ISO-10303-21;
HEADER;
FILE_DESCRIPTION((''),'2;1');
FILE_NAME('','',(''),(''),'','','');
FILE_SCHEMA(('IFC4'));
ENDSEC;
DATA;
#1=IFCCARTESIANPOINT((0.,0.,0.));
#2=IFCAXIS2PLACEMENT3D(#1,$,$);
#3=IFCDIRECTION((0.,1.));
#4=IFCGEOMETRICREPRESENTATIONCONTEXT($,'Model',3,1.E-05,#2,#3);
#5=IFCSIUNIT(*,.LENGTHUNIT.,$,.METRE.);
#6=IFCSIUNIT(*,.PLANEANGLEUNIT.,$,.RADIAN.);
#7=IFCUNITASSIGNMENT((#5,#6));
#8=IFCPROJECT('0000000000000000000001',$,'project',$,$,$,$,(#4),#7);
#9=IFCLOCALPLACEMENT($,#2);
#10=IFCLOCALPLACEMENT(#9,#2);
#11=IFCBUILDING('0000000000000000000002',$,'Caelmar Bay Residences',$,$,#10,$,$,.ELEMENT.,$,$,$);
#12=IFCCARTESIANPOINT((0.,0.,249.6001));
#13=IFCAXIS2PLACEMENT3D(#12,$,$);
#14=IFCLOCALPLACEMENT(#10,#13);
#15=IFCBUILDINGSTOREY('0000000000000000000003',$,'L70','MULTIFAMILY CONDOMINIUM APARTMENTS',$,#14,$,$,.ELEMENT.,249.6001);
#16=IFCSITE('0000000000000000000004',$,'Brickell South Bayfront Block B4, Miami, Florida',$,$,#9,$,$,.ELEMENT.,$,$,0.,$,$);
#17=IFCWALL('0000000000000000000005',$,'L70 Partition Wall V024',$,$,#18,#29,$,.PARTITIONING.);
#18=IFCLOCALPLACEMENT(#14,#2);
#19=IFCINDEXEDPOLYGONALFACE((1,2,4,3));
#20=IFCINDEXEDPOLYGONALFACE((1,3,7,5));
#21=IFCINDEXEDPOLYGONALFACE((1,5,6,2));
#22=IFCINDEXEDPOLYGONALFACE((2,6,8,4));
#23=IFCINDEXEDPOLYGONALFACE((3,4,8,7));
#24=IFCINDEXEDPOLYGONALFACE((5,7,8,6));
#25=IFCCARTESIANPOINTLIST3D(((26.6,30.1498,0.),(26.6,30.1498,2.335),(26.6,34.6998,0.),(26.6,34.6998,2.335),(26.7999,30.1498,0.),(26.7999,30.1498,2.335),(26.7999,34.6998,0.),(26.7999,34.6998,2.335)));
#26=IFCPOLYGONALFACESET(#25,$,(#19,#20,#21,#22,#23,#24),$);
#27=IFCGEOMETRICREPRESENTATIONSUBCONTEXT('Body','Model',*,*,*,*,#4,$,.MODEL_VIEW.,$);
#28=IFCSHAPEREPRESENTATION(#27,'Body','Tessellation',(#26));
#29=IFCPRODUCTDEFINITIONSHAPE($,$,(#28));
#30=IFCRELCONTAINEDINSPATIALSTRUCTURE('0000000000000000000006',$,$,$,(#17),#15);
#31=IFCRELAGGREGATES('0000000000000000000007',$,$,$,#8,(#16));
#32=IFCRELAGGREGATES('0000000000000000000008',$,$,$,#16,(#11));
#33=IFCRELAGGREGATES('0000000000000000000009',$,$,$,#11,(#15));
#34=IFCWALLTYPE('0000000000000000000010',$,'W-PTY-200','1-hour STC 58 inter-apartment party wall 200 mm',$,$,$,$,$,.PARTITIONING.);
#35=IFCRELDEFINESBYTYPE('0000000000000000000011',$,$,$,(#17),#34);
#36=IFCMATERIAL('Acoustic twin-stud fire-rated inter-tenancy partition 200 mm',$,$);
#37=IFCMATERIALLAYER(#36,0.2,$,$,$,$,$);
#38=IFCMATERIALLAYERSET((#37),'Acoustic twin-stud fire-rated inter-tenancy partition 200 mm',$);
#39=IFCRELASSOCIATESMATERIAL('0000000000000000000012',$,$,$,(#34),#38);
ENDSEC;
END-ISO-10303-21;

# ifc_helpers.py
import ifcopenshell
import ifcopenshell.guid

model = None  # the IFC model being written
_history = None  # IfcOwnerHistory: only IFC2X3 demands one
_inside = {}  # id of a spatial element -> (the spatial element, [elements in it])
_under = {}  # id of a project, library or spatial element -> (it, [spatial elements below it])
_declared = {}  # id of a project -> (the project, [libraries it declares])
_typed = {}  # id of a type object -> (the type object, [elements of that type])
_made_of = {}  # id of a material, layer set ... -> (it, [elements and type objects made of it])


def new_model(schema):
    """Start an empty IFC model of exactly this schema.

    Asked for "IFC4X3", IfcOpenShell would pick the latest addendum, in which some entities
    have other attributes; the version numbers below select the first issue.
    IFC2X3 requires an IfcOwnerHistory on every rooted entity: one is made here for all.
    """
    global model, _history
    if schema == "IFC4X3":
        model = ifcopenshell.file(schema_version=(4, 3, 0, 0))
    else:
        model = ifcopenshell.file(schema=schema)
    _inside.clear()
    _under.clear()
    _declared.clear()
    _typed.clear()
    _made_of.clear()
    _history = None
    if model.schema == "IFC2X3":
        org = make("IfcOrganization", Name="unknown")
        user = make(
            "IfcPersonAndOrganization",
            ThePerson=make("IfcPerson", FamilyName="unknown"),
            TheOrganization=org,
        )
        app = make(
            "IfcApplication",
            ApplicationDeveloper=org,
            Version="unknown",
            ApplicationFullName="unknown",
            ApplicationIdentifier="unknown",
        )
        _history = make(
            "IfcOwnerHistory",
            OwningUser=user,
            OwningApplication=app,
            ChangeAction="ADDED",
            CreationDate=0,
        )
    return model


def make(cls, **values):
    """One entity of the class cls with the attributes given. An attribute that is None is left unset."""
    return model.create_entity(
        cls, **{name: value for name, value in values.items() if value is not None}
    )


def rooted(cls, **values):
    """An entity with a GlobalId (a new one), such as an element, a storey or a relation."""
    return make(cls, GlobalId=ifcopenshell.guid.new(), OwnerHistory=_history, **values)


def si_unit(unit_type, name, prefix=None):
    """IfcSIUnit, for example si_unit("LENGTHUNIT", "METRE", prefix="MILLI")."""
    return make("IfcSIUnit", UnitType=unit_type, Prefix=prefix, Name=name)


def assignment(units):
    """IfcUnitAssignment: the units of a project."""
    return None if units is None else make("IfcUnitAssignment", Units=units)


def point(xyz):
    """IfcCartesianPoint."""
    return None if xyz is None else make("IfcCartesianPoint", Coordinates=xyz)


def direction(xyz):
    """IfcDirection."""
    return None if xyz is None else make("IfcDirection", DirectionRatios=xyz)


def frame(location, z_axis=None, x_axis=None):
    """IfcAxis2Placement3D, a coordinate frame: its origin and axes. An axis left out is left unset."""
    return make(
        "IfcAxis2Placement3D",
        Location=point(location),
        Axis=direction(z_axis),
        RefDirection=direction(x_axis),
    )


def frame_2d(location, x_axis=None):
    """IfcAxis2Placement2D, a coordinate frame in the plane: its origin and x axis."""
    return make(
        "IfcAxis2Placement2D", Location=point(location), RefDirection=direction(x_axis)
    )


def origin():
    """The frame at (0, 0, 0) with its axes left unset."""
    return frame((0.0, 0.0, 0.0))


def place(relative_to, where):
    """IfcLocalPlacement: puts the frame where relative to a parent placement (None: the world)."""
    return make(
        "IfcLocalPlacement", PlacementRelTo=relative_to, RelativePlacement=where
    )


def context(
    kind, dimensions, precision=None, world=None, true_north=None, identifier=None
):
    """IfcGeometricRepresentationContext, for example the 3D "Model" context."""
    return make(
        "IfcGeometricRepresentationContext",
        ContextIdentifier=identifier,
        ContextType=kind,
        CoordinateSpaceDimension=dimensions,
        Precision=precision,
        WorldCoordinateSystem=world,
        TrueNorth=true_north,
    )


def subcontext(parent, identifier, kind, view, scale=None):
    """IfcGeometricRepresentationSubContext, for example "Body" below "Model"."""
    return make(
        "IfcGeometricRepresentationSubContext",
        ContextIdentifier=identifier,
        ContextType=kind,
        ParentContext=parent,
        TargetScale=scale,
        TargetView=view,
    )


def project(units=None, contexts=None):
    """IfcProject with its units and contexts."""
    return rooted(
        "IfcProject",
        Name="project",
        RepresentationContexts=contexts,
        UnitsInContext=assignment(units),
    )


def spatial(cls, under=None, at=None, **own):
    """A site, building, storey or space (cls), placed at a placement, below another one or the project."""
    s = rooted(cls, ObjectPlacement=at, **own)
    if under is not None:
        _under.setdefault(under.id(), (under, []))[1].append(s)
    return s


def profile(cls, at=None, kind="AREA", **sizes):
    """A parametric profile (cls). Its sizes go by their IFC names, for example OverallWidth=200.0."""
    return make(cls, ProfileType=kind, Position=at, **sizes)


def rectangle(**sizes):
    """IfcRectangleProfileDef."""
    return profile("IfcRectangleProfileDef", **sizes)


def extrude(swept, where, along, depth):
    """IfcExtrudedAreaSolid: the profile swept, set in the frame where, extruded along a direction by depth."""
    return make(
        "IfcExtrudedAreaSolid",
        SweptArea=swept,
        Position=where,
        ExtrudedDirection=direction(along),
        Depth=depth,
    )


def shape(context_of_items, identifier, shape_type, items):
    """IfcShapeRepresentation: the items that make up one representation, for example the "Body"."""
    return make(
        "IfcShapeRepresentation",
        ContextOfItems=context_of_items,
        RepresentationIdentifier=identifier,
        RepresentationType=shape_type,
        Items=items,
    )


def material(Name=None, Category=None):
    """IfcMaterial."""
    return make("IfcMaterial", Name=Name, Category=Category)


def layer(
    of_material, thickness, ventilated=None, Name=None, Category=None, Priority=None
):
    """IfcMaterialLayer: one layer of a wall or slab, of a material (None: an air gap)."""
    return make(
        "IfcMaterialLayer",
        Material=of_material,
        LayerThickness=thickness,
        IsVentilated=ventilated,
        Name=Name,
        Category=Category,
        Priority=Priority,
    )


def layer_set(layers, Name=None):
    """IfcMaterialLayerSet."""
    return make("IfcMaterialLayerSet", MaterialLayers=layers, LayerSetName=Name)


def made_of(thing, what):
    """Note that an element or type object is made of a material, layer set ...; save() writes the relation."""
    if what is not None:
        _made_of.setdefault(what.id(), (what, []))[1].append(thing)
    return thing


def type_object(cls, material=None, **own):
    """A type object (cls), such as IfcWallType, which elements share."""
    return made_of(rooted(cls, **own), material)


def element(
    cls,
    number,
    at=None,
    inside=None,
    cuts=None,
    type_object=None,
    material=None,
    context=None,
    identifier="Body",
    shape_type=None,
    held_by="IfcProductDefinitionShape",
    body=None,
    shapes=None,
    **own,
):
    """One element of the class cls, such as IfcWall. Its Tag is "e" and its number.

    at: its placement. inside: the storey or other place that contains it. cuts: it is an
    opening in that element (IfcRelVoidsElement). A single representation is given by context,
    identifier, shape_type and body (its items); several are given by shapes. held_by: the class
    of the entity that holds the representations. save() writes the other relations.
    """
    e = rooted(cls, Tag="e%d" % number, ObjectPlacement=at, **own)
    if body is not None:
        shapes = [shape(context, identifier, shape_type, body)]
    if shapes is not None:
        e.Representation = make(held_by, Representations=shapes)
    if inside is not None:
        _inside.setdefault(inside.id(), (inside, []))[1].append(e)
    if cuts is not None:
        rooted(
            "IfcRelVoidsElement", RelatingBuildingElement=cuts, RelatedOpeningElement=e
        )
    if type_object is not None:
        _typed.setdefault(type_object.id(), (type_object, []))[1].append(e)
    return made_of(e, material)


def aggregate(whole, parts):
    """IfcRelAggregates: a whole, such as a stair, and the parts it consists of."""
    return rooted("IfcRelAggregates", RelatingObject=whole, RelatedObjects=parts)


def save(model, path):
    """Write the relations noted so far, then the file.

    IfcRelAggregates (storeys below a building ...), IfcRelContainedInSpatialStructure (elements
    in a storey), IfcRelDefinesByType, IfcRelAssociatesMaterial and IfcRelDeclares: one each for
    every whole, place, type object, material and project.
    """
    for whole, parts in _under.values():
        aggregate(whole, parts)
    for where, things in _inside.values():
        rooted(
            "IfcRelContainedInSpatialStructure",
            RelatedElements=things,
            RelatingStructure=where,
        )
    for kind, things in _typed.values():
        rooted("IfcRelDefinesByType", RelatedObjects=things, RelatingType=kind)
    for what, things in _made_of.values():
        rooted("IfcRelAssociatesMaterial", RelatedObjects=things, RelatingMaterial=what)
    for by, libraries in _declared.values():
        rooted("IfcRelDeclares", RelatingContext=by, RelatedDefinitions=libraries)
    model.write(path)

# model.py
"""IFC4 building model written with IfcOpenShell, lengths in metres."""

from ifc_helpers import new_model, si_unit, direction, frame, frame_2d, origin, place, context, subcontext, project, spatial, rectangle, extrude, material, layer, layer_set, type_object, element, save


model = new_model("IFC4")

# Units and contexts
model_context = context("Model", 3, precision=1e-05, world=origin(), true_north=direction((0.0, 1.0)))
body_context = subcontext(model_context, "Body", "Model", "MODEL_VIEW")
ifc_project = project(units=[si_unit("LENGTHUNIT", "METRE"), si_unit("PLANEANGLEUNIT", "RADIAN")], contexts=[model_context])

# Site, building, storey
site_placement = place(None, origin())
site = spatial("IfcSite", under=ifc_project, at=site_placement, Name="Brickell South Bayfront Block B4, Miami, Florida", CompositionType="ELEMENT", RefElevation=0.0)
building_placement = place(site_placement, origin())
building = spatial("IfcBuilding", under=site, at=building_placement, Name="Caelmar Bay Residences", CompositionType="ELEMENT")
storey_placement = place(building_placement, frame((0.0, 0.0, 249.6001)))
storey = spatial("IfcBuildingStorey", under=building, at=storey_placement, Name="L70", Description="MULTIFAMILY CONDOMINIUM APARTMENTS", CompositionType="ELEMENT", Elevation=249.6001)

# Wall
ifc_material_1 = material(Name="Acoustic twin-stud fire-rated inter-tenancy partition 200 mm")
ifc_layer_1 = layer(ifc_material_1, 0.2)
ifc_layer_set_1 = layer_set([ifc_layer_1], Name="Acoustic twin-stud fire-rated inter-tenancy partition 200 mm")
wall_type_1 = type_object("IfcWallType", Name="W-PTY-200", Description="1-hour STC 58 inter-apartment party wall 200 mm", PredefinedType="PARTITIONING", material=ifc_layer_set_1)
wall_1_placement = place(storey_placement, frame((26.7, 30.1499, 0.0), z_axis=(0.0, 0.0, 1.0), x_axis=(0.0, 1.0, 0.0)))
element("IfcWall", 1, at=wall_1_placement, inside=storey, type_object=wall_type_1, Name="L70 Partition Wall V024", PredefinedType="PARTITIONING", context=body_context, shape_type="SweptSolid", body=[
    extrude(rectangle(XDim=4.55, YDim=0.2, at=frame_2d((2.2749, 0.0))), origin(), (0.0, 0.0, 1.0), 2.335),
])

save(model, "model.ifc")
